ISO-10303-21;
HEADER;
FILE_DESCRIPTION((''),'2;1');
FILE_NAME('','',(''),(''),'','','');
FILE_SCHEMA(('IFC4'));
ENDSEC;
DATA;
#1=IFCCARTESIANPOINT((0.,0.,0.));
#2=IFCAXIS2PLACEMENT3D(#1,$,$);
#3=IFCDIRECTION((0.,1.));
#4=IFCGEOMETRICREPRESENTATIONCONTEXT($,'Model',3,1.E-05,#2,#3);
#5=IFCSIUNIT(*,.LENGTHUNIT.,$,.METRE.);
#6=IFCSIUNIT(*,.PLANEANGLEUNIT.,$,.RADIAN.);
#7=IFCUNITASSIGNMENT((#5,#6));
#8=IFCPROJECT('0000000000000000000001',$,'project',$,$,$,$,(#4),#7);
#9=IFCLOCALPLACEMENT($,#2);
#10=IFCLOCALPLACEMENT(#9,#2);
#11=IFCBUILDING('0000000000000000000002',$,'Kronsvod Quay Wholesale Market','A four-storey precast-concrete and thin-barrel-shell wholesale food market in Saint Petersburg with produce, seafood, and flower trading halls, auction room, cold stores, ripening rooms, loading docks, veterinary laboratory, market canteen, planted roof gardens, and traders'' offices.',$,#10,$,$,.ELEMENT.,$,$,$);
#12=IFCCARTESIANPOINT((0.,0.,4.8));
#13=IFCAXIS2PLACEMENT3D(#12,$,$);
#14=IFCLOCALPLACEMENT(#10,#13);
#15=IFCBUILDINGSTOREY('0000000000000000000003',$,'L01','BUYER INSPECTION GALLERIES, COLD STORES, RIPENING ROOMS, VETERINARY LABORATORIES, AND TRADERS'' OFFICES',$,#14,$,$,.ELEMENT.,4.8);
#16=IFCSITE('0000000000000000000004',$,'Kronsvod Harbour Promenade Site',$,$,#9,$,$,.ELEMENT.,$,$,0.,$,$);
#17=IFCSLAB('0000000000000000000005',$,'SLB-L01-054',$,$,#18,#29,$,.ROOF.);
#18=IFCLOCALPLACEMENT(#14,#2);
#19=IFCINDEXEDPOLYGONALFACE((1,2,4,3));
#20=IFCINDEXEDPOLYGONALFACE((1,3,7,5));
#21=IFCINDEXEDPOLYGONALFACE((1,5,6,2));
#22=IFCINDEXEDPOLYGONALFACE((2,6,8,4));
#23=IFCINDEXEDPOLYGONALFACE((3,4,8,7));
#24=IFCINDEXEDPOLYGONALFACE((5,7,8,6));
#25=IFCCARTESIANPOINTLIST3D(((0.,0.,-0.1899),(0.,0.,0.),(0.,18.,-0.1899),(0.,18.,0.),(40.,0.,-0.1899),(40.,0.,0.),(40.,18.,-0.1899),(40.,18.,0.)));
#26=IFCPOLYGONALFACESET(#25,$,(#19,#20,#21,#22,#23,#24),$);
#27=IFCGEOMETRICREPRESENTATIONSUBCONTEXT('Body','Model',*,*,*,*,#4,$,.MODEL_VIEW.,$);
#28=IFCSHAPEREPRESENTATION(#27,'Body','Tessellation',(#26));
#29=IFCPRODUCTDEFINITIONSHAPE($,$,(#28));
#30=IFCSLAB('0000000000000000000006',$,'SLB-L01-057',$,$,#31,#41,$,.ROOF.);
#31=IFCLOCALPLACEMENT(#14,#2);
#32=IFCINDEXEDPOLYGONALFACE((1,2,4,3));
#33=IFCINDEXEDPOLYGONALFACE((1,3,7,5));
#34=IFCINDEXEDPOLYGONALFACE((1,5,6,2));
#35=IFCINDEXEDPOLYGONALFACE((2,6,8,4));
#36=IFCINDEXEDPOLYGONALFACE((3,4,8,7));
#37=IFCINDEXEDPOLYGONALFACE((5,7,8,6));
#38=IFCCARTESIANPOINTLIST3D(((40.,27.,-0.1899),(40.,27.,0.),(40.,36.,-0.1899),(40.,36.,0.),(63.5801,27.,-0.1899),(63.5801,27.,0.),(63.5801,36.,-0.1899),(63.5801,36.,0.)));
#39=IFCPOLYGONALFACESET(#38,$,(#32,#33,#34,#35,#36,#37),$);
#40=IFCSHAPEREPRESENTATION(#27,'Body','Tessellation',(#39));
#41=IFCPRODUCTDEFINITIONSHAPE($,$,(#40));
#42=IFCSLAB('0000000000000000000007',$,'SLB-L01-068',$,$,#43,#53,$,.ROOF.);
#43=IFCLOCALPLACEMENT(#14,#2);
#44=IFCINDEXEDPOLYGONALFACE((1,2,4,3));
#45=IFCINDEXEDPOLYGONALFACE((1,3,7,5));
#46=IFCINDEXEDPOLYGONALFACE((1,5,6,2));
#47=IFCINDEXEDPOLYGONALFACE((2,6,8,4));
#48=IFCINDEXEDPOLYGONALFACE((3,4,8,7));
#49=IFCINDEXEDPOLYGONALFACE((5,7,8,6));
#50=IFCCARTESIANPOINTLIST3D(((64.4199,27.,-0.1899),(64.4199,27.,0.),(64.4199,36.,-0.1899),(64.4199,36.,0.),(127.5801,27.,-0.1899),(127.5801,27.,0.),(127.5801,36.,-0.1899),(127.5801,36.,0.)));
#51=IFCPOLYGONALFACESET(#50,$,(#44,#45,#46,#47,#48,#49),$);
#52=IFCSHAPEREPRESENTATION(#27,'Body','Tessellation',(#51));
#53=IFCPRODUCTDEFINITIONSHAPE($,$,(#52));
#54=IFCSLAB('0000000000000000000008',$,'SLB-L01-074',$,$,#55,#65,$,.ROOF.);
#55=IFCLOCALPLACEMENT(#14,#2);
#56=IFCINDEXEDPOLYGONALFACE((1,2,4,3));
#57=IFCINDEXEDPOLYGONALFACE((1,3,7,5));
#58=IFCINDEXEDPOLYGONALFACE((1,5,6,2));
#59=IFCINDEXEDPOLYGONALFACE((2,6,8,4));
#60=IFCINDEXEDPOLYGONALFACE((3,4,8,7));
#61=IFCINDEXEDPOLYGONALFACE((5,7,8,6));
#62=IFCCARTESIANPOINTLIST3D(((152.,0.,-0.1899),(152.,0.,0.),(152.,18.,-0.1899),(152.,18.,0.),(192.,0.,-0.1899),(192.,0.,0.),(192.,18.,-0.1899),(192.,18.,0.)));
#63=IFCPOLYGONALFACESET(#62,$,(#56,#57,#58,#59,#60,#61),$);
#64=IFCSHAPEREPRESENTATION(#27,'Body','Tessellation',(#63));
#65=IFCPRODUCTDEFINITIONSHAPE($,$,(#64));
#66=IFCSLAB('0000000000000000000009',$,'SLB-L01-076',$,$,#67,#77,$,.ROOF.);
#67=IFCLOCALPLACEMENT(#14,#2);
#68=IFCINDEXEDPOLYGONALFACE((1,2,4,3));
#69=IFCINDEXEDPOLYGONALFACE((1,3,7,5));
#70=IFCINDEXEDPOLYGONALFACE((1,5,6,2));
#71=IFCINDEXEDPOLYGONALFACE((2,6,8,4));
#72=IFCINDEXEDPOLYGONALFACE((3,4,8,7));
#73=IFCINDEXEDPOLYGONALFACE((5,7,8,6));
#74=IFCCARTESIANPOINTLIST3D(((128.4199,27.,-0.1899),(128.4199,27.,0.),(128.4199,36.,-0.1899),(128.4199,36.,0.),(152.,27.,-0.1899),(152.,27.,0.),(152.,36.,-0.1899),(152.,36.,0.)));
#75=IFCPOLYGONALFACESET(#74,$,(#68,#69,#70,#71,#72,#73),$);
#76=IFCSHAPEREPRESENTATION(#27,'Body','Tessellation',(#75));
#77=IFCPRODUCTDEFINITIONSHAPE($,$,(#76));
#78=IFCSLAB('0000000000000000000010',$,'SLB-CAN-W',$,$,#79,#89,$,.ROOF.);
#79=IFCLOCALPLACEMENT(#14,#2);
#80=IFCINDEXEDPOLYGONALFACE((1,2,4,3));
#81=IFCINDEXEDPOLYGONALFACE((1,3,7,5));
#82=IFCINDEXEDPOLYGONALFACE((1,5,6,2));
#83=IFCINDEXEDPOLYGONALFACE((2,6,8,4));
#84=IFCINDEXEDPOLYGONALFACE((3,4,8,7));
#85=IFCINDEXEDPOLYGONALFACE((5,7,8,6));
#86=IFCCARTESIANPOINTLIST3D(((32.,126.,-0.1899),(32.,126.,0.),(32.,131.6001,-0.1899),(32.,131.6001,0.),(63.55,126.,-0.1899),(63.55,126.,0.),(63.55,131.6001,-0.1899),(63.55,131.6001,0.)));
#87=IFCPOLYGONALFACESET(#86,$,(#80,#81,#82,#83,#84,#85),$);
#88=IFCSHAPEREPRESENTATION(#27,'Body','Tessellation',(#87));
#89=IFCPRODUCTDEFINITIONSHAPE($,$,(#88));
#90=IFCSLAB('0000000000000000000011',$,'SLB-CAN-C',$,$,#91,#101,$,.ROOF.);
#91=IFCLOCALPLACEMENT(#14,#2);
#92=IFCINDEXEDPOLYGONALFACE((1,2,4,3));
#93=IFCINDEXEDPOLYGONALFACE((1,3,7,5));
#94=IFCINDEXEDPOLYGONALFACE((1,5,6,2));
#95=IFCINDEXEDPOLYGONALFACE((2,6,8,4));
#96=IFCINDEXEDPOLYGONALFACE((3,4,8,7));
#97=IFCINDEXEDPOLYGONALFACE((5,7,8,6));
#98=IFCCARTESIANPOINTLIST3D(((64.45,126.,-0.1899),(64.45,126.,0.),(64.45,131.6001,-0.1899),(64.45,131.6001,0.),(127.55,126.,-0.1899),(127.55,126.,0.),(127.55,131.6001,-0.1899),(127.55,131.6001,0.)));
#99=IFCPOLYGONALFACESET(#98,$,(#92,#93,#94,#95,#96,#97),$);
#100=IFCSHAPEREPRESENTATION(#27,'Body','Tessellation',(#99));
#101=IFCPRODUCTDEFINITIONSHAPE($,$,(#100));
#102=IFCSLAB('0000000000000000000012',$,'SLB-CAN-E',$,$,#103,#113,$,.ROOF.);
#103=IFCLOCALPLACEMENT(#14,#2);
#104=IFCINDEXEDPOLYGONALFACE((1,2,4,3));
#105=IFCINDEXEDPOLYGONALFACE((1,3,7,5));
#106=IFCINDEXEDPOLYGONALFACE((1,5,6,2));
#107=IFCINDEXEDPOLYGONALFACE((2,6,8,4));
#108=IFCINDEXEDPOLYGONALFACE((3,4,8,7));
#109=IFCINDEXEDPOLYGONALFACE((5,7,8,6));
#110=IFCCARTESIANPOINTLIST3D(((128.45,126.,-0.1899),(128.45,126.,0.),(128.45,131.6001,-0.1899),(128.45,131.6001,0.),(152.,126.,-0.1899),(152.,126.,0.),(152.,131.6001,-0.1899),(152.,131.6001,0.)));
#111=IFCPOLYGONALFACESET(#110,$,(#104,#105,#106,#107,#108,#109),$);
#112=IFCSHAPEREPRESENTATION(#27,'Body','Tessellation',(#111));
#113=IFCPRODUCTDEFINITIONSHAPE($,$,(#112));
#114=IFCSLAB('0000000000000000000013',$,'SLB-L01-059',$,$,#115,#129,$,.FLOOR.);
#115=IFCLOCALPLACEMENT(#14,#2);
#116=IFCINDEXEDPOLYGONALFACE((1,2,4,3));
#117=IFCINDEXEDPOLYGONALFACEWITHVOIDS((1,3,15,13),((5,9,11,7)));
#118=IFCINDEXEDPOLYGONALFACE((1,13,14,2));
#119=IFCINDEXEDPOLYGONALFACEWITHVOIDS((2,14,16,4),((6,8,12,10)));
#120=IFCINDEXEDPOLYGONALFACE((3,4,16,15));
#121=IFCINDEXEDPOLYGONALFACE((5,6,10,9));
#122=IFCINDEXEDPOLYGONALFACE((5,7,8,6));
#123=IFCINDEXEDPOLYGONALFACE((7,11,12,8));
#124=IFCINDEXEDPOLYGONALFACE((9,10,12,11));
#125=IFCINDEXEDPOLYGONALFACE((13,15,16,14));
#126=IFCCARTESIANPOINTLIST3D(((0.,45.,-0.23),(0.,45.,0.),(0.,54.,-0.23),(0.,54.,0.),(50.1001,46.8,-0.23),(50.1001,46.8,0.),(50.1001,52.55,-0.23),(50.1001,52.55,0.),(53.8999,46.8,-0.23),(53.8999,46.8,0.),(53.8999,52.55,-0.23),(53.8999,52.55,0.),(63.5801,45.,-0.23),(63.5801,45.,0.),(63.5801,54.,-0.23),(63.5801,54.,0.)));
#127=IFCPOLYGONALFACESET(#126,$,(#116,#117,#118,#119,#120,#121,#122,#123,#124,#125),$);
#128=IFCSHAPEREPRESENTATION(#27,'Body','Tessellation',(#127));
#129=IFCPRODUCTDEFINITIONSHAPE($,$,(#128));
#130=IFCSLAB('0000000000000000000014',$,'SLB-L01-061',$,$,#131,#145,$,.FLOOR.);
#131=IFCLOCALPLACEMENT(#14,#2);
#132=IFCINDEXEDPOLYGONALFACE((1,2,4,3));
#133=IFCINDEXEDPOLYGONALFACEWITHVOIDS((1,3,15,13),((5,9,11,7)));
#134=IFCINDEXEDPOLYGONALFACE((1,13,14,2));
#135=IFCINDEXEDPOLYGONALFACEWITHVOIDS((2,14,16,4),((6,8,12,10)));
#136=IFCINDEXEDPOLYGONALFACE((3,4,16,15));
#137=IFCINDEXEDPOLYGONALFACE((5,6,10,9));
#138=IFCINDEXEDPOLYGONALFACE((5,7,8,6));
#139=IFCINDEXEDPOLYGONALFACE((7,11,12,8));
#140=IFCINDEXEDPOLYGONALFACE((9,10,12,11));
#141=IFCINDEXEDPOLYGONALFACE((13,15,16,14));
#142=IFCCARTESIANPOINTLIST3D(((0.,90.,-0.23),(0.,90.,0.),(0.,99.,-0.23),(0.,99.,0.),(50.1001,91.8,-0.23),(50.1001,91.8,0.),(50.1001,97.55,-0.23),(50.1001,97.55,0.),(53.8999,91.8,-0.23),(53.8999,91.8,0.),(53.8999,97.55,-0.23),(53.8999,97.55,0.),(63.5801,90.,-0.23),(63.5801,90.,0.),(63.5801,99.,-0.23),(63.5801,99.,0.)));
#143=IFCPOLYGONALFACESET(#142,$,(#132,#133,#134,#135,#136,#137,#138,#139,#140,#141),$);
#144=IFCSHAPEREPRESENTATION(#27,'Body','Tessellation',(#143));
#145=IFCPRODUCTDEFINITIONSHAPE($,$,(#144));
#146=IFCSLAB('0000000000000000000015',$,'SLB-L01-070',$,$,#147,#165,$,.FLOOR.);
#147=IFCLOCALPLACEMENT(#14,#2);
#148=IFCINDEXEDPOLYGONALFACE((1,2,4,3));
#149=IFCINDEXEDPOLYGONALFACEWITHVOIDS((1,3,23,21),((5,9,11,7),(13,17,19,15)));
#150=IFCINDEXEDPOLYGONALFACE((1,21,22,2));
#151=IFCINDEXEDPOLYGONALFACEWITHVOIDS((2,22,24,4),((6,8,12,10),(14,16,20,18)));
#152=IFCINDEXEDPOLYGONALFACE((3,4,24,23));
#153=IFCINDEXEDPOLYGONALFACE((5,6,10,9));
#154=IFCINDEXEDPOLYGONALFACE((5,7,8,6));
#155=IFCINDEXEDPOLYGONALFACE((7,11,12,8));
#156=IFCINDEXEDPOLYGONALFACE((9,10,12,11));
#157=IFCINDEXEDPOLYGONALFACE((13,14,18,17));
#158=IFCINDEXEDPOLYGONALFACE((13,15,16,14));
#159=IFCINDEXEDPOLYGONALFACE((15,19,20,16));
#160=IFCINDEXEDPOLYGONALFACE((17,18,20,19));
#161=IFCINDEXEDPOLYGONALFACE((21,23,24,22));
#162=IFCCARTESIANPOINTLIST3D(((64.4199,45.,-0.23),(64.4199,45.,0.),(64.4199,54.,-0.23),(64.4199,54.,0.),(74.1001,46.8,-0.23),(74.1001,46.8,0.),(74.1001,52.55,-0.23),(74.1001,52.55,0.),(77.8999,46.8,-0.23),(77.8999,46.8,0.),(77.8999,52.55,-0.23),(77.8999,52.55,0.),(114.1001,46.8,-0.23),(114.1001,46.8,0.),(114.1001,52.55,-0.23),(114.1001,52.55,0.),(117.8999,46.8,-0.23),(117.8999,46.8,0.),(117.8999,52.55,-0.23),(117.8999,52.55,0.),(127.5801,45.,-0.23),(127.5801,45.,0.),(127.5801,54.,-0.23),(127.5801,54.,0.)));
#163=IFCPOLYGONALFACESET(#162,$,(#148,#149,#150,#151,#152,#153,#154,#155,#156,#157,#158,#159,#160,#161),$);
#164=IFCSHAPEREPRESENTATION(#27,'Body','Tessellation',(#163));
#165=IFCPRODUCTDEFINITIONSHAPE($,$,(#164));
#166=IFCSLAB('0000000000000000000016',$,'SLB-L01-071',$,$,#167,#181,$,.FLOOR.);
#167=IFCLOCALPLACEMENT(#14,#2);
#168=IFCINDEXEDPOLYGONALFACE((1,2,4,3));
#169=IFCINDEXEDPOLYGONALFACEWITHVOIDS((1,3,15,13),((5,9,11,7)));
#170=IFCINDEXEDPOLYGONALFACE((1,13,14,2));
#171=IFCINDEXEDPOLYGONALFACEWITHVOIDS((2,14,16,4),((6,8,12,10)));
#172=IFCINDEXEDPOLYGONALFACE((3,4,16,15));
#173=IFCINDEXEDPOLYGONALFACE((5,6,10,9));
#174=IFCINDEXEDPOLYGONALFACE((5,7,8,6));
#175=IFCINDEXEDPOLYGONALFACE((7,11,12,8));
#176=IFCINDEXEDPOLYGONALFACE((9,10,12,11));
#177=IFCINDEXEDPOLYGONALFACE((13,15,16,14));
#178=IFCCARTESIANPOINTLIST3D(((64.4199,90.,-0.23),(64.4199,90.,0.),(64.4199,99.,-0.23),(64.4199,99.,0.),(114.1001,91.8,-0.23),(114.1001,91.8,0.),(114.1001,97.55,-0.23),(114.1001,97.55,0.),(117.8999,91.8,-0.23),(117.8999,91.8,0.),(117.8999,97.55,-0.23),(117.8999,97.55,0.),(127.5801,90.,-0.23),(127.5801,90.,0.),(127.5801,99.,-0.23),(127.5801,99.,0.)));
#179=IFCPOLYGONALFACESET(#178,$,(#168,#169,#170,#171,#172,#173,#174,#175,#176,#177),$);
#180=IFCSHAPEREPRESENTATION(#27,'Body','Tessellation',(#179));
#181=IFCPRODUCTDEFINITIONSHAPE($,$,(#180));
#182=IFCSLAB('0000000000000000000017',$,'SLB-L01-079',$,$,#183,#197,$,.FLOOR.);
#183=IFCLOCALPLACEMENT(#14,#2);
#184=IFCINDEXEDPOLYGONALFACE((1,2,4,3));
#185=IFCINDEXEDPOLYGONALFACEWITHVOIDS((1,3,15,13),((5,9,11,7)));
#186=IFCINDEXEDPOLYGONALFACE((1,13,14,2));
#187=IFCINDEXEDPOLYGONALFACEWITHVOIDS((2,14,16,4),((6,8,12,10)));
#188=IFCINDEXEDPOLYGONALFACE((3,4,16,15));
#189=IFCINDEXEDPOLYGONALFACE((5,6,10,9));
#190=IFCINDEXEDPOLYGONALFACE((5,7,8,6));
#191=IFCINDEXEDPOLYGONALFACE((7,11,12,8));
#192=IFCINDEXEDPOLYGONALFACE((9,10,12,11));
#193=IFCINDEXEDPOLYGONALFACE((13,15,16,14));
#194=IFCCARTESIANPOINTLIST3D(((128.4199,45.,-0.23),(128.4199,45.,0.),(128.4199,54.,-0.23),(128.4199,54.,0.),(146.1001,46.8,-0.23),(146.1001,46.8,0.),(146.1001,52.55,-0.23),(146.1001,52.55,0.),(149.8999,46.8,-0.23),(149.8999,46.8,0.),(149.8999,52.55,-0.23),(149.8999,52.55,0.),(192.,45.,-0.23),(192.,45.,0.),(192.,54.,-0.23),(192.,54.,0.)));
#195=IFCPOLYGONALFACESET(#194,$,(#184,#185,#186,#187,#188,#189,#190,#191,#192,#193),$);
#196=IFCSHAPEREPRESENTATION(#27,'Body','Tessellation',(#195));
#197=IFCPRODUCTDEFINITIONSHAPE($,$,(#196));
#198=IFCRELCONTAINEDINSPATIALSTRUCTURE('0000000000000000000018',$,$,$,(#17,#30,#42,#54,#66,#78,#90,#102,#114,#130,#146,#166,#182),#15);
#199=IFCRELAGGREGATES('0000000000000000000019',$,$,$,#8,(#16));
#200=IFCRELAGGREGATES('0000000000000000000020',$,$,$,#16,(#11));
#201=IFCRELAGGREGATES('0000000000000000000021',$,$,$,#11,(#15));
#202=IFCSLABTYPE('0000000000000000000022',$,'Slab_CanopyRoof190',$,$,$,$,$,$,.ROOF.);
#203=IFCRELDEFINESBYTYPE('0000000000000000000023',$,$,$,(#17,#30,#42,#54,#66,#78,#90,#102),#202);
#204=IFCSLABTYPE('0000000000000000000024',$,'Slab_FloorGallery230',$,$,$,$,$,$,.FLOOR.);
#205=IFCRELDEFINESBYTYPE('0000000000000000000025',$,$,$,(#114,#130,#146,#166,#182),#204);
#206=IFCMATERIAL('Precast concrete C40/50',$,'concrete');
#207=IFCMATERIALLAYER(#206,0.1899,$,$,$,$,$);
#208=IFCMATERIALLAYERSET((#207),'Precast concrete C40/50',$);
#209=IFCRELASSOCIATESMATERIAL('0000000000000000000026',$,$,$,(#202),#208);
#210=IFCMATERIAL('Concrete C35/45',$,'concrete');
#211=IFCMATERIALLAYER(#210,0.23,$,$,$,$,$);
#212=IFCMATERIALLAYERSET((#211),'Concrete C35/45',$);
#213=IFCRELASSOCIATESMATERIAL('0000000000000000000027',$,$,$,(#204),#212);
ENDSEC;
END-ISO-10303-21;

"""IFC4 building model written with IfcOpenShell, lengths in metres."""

from ifc_helpers import new_model, si_unit, direction, frame, origin, place, context, subcontext, project, spatial, polyline, outline, extrude, material, layer, layer_set, type_object, element, save


model = new_model("IFC4")

# Units and contexts
model_context = context("Model", 3, precision=1e-05, world=origin(), true_north=direction((0.0, 1.0)))
body_context = subcontext(model_context, "Body", "Model", "MODEL_VIEW")
ifc_project = project(units=[si_unit("LENGTHUNIT", "METRE"), si_unit("PLANEANGLEUNIT", "RADIAN")], contexts=[model_context])

# Site, building, storey
site_placement = place(None, origin())
site = spatial("IfcSite", under=ifc_project, at=site_placement, Name="Kronsvod Harbour Promenade Site", CompositionType="ELEMENT", RefElevation=0.0)
building_placement = place(site_placement, origin())
building = spatial("IfcBuilding", under=site, at=building_placement, Name="Kronsvod Quay Wholesale Market", Description="A four-storey precast-concrete and thin-barrel-shell wholesale food market in Saint Petersburg with produce, seafood, and flower trading halls, auction room, cold stores, ripening rooms, loading docks, veterinary laboratory, market canteen, planted roof gardens, and traders' offices.", CompositionType="ELEMENT")
storey_placement = place(building_placement, frame((0.0, 0.0, 4.8)))
storey = spatial("IfcBuildingStorey", under=building, at=storey_placement, Name="L01", Description="BUYER INSPECTION GALLERIES, COLD STORES, RIPENING ROOMS, VETERINARY LABORATORIES, AND TRADERS' OFFICES", CompositionType="ELEMENT", Elevation=4.8)

# Slabs
ifc_material_1 = material(Name="Precast concrete C40/50", Category="concrete")
ifc_layer_1 = layer(ifc_material_1, 0.1899)
ifc_layer_set_1 = layer_set([ifc_layer_1], Name="Precast concrete C40/50")
slab_type_1 = type_object("IfcSlabType", Name="Slab_CanopyRoof190", PredefinedType="ROOF", material=ifc_layer_set_1)
slab_1_placement = place(storey_placement, frame((0.0, 0.0, -0.1899)))
element("IfcSlab", 1, at=slab_1_placement, inside=storey, type_object=slab_type_1, Name="SLB-L01-054", PredefinedType="ROOF", context=body_context, shape_type="SweptSolid", body=[
    extrude(outline(polyline([(0.0, 0.0), (40.0, 0.0), (40.0, 18.0), (0.0, 18.0), (0.0, 0.0)])), origin(), (0.0, 0.0, 1.0), 0.1899),
])
slab_2_placement = place(storey_placement, frame((0.0, 0.0, -0.1899)))
element("IfcSlab", 2, at=slab_2_placement, inside=storey, type_object=slab_type_1, Name="SLB-L01-057", PredefinedType="ROOF", context=body_context, shape_type="SweptSolid", body=[
    extrude(outline(polyline([(40.0, 27.0), (63.5801, 27.0), (63.5801, 36.0), (40.0, 36.0), (40.0, 27.0)])), origin(), (0.0, 0.0, 1.0), 0.1899),
])
slab_3_placement = place(storey_placement, frame((0.0, 0.0, -0.1899)))
element("IfcSlab", 3, at=slab_3_placement, inside=storey, type_object=slab_type_1, Name="SLB-L01-068", PredefinedType="ROOF", context=body_context, shape_type="SweptSolid", body=[
    extrude(outline(polyline([(64.4199, 27.0), (127.5801, 27.0), (127.5801, 36.0), (64.4199, 36.0), (64.4199, 27.0)])), origin(), (0.0, 0.0, 1.0), 0.1899),
])
slab_4_placement = place(storey_placement, frame((0.0, 0.0, -0.1899)))
element("IfcSlab", 4, at=slab_4_placement, inside=storey, type_object=slab_type_1, Name="SLB-L01-074", PredefinedType="ROOF", context=body_context, shape_type="SweptSolid", body=[
    extrude(outline(polyline([(152.0, 0.0), (192.0, 0.0), (192.0, 18.0), (152.0, 18.0), (152.0, 0.0)])), origin(), (0.0, 0.0, 1.0), 0.1899),
])
slab_5_placement = place(storey_placement, frame((0.0, 0.0, -0.1899)))
element("IfcSlab", 5, at=slab_5_placement, inside=storey, type_object=slab_type_1, Name="SLB-L01-076", PredefinedType="ROOF", context=body_context, shape_type="SweptSolid", body=[
    extrude(outline(polyline([(128.4199, 27.0), (152.0, 27.0), (152.0, 36.0), (128.4199, 36.0), (128.4199, 27.0)])), origin(), (0.0, 0.0, 1.0), 0.1899),
])
slab_6_placement = place(storey_placement, frame((0.0, 0.0, -0.1899)))
element("IfcSlab", 6, at=slab_6_placement, inside=storey, type_object=slab_type_1, Name="SLB-CAN-W", PredefinedType="ROOF", context=body_context, shape_type="SweptSolid", body=[
    extrude(outline(polyline([(32.0, 126.0), (63.55, 126.0), (63.55, 131.6001), (32.0, 131.6001), (32.0, 126.0)])), origin(), (0.0, 0.0, 1.0), 0.1899),
])
slab_7_placement = place(storey_placement, frame((0.0, 0.0, -0.1899)))
element("IfcSlab", 7, at=slab_7_placement, inside=storey, type_object=slab_type_1, Name="SLB-CAN-C", PredefinedType="ROOF", context=body_context, shape_type="SweptSolid", body=[
    extrude(outline(polyline([(64.45, 126.0), (127.55, 126.0), (127.55, 131.6001), (64.45, 131.6001), (64.45, 126.0)])), origin(), (0.0, 0.0, 1.0), 0.1899),
])
slab_8_placement = place(storey_placement, frame((0.0, 0.0, -0.1899)))
element("IfcSlab", 8, at=slab_8_placement, inside=storey, type_object=slab_type_1, Name="SLB-CAN-E", PredefinedType="ROOF", context=body_context, shape_type="SweptSolid", body=[
    extrude(outline(polyline([(128.45, 126.0), (152.0, 126.0), (152.0, 131.6001), (128.45, 131.6001), (128.45, 126.0)])), origin(), (0.0, 0.0, 1.0), 0.1899),
])
ifc_material_2 = material(Name="Concrete C35/45", Category="concrete")
ifc_layer_2 = layer(ifc_material_2, 0.23)
ifc_layer_set_2 = layer_set([ifc_layer_2], Name="Concrete C35/45")
slab_type_2 = type_object("IfcSlabType", Name="Slab_FloorGallery230", PredefinedType="FLOOR", material=ifc_layer_set_2)
slab_9_placement = place(storey_placement, frame((0.0, 0.0, -0.23)))
element("IfcSlab", 9, at=slab_9_placement, inside=storey, type_object=slab_type_2, Name="SLB-L01-059", PredefinedType="FLOOR", context=body_context, shape_type="SweptSolid", body=[
    extrude(outline(polyline([(0.0, 45.0), (63.5801, 45.0), (63.5801, 54.0), (0.0, 54.0), (0.0, 45.0)]), holes=[polyline([(50.1001, 46.8), (53.8999, 46.8), (53.8999, 52.55), (50.1001, 52.55), (50.1001, 46.8)])]), origin(), (0.0, 0.0, 1.0), 0.23),
])
slab_10_placement = place(storey_placement, frame((0.0, 0.0, -0.23)))
element("IfcSlab", 10, at=slab_10_placement, inside=storey, type_object=slab_type_2, Name="SLB-L01-061", PredefinedType="FLOOR", context=body_context, shape_type="SweptSolid", body=[
    extrude(outline(polyline([(0.0, 90.0), (63.5801, 90.0), (63.5801, 99.0), (0.0, 99.0), (0.0, 90.0)]), holes=[polyline([(50.1001, 91.8), (53.8999, 91.8), (53.8999, 97.55), (50.1001, 97.55), (50.1001, 91.8)])]), origin(), (0.0, 0.0, 1.0), 0.23),
])
slab_11_placement = place(storey_placement, frame((0.0, 0.0, -0.23)))
element("IfcSlab", 11, at=slab_11_placement, inside=storey, type_object=slab_type_2, Name="SLB-L01-070", PredefinedType="FLOOR", context=body_context, shape_type="SweptSolid", body=[
    extrude(outline(polyline([(64.4199, 45.0), (127.5801, 45.0), (127.5801, 54.0), (64.4199, 54.0), (64.4199, 45.0)]), holes=[polyline([(74.1001, 46.8), (77.8999, 46.8), (77.8999, 52.55), (74.1001, 52.55), (74.1001, 46.8)]), polyline([(114.1001, 46.8), (117.8999, 46.8), (117.8999, 52.55), (114.1001, 52.55), (114.1001, 46.8)])]), origin(), (0.0, 0.0, 1.0), 0.23),
])
slab_12_placement = place(storey_placement, frame((0.0, 0.0, -0.23)))
element("IfcSlab", 12, at=slab_12_placement, inside=storey, type_object=slab_type_2, Name="SLB-L01-071", PredefinedType="FLOOR", context=body_context, shape_type="SweptSolid", body=[
    extrude(outline(polyline([(64.4199, 90.0), (127.5801, 90.0), (127.5801, 99.0), (64.4199, 99.0), (64.4199, 90.0)]), holes=[polyline([(114.1001, 91.8), (117.8999, 91.8), (117.8999, 97.55), (114.1001, 97.55), (114.1001, 91.8)])]), origin(), (0.0, 0.0, 1.0), 0.23),
])
slab_13_placement = place(storey_placement, frame((0.0, 0.0, -0.23)))
element("IfcSlab", 13, at=slab_13_placement, inside=storey, type_object=slab_type_2, Name="SLB-L01-079", PredefinedType="FLOOR", context=body_context, shape_type="SweptSolid", body=[
    extrude(outline(polyline([(128.4199, 45.0), (192.0, 45.0), (192.0, 54.0), (128.4199, 54.0), (128.4199, 45.0)]), holes=[polyline([(146.1001, 46.8), (149.8999, 46.8), (149.8999, 52.55), (146.1001, 52.55), (146.1001, 46.8)])]), origin(), (0.0, 0.0, 1.0), 0.23),
])

save(model, "model.ifc")
